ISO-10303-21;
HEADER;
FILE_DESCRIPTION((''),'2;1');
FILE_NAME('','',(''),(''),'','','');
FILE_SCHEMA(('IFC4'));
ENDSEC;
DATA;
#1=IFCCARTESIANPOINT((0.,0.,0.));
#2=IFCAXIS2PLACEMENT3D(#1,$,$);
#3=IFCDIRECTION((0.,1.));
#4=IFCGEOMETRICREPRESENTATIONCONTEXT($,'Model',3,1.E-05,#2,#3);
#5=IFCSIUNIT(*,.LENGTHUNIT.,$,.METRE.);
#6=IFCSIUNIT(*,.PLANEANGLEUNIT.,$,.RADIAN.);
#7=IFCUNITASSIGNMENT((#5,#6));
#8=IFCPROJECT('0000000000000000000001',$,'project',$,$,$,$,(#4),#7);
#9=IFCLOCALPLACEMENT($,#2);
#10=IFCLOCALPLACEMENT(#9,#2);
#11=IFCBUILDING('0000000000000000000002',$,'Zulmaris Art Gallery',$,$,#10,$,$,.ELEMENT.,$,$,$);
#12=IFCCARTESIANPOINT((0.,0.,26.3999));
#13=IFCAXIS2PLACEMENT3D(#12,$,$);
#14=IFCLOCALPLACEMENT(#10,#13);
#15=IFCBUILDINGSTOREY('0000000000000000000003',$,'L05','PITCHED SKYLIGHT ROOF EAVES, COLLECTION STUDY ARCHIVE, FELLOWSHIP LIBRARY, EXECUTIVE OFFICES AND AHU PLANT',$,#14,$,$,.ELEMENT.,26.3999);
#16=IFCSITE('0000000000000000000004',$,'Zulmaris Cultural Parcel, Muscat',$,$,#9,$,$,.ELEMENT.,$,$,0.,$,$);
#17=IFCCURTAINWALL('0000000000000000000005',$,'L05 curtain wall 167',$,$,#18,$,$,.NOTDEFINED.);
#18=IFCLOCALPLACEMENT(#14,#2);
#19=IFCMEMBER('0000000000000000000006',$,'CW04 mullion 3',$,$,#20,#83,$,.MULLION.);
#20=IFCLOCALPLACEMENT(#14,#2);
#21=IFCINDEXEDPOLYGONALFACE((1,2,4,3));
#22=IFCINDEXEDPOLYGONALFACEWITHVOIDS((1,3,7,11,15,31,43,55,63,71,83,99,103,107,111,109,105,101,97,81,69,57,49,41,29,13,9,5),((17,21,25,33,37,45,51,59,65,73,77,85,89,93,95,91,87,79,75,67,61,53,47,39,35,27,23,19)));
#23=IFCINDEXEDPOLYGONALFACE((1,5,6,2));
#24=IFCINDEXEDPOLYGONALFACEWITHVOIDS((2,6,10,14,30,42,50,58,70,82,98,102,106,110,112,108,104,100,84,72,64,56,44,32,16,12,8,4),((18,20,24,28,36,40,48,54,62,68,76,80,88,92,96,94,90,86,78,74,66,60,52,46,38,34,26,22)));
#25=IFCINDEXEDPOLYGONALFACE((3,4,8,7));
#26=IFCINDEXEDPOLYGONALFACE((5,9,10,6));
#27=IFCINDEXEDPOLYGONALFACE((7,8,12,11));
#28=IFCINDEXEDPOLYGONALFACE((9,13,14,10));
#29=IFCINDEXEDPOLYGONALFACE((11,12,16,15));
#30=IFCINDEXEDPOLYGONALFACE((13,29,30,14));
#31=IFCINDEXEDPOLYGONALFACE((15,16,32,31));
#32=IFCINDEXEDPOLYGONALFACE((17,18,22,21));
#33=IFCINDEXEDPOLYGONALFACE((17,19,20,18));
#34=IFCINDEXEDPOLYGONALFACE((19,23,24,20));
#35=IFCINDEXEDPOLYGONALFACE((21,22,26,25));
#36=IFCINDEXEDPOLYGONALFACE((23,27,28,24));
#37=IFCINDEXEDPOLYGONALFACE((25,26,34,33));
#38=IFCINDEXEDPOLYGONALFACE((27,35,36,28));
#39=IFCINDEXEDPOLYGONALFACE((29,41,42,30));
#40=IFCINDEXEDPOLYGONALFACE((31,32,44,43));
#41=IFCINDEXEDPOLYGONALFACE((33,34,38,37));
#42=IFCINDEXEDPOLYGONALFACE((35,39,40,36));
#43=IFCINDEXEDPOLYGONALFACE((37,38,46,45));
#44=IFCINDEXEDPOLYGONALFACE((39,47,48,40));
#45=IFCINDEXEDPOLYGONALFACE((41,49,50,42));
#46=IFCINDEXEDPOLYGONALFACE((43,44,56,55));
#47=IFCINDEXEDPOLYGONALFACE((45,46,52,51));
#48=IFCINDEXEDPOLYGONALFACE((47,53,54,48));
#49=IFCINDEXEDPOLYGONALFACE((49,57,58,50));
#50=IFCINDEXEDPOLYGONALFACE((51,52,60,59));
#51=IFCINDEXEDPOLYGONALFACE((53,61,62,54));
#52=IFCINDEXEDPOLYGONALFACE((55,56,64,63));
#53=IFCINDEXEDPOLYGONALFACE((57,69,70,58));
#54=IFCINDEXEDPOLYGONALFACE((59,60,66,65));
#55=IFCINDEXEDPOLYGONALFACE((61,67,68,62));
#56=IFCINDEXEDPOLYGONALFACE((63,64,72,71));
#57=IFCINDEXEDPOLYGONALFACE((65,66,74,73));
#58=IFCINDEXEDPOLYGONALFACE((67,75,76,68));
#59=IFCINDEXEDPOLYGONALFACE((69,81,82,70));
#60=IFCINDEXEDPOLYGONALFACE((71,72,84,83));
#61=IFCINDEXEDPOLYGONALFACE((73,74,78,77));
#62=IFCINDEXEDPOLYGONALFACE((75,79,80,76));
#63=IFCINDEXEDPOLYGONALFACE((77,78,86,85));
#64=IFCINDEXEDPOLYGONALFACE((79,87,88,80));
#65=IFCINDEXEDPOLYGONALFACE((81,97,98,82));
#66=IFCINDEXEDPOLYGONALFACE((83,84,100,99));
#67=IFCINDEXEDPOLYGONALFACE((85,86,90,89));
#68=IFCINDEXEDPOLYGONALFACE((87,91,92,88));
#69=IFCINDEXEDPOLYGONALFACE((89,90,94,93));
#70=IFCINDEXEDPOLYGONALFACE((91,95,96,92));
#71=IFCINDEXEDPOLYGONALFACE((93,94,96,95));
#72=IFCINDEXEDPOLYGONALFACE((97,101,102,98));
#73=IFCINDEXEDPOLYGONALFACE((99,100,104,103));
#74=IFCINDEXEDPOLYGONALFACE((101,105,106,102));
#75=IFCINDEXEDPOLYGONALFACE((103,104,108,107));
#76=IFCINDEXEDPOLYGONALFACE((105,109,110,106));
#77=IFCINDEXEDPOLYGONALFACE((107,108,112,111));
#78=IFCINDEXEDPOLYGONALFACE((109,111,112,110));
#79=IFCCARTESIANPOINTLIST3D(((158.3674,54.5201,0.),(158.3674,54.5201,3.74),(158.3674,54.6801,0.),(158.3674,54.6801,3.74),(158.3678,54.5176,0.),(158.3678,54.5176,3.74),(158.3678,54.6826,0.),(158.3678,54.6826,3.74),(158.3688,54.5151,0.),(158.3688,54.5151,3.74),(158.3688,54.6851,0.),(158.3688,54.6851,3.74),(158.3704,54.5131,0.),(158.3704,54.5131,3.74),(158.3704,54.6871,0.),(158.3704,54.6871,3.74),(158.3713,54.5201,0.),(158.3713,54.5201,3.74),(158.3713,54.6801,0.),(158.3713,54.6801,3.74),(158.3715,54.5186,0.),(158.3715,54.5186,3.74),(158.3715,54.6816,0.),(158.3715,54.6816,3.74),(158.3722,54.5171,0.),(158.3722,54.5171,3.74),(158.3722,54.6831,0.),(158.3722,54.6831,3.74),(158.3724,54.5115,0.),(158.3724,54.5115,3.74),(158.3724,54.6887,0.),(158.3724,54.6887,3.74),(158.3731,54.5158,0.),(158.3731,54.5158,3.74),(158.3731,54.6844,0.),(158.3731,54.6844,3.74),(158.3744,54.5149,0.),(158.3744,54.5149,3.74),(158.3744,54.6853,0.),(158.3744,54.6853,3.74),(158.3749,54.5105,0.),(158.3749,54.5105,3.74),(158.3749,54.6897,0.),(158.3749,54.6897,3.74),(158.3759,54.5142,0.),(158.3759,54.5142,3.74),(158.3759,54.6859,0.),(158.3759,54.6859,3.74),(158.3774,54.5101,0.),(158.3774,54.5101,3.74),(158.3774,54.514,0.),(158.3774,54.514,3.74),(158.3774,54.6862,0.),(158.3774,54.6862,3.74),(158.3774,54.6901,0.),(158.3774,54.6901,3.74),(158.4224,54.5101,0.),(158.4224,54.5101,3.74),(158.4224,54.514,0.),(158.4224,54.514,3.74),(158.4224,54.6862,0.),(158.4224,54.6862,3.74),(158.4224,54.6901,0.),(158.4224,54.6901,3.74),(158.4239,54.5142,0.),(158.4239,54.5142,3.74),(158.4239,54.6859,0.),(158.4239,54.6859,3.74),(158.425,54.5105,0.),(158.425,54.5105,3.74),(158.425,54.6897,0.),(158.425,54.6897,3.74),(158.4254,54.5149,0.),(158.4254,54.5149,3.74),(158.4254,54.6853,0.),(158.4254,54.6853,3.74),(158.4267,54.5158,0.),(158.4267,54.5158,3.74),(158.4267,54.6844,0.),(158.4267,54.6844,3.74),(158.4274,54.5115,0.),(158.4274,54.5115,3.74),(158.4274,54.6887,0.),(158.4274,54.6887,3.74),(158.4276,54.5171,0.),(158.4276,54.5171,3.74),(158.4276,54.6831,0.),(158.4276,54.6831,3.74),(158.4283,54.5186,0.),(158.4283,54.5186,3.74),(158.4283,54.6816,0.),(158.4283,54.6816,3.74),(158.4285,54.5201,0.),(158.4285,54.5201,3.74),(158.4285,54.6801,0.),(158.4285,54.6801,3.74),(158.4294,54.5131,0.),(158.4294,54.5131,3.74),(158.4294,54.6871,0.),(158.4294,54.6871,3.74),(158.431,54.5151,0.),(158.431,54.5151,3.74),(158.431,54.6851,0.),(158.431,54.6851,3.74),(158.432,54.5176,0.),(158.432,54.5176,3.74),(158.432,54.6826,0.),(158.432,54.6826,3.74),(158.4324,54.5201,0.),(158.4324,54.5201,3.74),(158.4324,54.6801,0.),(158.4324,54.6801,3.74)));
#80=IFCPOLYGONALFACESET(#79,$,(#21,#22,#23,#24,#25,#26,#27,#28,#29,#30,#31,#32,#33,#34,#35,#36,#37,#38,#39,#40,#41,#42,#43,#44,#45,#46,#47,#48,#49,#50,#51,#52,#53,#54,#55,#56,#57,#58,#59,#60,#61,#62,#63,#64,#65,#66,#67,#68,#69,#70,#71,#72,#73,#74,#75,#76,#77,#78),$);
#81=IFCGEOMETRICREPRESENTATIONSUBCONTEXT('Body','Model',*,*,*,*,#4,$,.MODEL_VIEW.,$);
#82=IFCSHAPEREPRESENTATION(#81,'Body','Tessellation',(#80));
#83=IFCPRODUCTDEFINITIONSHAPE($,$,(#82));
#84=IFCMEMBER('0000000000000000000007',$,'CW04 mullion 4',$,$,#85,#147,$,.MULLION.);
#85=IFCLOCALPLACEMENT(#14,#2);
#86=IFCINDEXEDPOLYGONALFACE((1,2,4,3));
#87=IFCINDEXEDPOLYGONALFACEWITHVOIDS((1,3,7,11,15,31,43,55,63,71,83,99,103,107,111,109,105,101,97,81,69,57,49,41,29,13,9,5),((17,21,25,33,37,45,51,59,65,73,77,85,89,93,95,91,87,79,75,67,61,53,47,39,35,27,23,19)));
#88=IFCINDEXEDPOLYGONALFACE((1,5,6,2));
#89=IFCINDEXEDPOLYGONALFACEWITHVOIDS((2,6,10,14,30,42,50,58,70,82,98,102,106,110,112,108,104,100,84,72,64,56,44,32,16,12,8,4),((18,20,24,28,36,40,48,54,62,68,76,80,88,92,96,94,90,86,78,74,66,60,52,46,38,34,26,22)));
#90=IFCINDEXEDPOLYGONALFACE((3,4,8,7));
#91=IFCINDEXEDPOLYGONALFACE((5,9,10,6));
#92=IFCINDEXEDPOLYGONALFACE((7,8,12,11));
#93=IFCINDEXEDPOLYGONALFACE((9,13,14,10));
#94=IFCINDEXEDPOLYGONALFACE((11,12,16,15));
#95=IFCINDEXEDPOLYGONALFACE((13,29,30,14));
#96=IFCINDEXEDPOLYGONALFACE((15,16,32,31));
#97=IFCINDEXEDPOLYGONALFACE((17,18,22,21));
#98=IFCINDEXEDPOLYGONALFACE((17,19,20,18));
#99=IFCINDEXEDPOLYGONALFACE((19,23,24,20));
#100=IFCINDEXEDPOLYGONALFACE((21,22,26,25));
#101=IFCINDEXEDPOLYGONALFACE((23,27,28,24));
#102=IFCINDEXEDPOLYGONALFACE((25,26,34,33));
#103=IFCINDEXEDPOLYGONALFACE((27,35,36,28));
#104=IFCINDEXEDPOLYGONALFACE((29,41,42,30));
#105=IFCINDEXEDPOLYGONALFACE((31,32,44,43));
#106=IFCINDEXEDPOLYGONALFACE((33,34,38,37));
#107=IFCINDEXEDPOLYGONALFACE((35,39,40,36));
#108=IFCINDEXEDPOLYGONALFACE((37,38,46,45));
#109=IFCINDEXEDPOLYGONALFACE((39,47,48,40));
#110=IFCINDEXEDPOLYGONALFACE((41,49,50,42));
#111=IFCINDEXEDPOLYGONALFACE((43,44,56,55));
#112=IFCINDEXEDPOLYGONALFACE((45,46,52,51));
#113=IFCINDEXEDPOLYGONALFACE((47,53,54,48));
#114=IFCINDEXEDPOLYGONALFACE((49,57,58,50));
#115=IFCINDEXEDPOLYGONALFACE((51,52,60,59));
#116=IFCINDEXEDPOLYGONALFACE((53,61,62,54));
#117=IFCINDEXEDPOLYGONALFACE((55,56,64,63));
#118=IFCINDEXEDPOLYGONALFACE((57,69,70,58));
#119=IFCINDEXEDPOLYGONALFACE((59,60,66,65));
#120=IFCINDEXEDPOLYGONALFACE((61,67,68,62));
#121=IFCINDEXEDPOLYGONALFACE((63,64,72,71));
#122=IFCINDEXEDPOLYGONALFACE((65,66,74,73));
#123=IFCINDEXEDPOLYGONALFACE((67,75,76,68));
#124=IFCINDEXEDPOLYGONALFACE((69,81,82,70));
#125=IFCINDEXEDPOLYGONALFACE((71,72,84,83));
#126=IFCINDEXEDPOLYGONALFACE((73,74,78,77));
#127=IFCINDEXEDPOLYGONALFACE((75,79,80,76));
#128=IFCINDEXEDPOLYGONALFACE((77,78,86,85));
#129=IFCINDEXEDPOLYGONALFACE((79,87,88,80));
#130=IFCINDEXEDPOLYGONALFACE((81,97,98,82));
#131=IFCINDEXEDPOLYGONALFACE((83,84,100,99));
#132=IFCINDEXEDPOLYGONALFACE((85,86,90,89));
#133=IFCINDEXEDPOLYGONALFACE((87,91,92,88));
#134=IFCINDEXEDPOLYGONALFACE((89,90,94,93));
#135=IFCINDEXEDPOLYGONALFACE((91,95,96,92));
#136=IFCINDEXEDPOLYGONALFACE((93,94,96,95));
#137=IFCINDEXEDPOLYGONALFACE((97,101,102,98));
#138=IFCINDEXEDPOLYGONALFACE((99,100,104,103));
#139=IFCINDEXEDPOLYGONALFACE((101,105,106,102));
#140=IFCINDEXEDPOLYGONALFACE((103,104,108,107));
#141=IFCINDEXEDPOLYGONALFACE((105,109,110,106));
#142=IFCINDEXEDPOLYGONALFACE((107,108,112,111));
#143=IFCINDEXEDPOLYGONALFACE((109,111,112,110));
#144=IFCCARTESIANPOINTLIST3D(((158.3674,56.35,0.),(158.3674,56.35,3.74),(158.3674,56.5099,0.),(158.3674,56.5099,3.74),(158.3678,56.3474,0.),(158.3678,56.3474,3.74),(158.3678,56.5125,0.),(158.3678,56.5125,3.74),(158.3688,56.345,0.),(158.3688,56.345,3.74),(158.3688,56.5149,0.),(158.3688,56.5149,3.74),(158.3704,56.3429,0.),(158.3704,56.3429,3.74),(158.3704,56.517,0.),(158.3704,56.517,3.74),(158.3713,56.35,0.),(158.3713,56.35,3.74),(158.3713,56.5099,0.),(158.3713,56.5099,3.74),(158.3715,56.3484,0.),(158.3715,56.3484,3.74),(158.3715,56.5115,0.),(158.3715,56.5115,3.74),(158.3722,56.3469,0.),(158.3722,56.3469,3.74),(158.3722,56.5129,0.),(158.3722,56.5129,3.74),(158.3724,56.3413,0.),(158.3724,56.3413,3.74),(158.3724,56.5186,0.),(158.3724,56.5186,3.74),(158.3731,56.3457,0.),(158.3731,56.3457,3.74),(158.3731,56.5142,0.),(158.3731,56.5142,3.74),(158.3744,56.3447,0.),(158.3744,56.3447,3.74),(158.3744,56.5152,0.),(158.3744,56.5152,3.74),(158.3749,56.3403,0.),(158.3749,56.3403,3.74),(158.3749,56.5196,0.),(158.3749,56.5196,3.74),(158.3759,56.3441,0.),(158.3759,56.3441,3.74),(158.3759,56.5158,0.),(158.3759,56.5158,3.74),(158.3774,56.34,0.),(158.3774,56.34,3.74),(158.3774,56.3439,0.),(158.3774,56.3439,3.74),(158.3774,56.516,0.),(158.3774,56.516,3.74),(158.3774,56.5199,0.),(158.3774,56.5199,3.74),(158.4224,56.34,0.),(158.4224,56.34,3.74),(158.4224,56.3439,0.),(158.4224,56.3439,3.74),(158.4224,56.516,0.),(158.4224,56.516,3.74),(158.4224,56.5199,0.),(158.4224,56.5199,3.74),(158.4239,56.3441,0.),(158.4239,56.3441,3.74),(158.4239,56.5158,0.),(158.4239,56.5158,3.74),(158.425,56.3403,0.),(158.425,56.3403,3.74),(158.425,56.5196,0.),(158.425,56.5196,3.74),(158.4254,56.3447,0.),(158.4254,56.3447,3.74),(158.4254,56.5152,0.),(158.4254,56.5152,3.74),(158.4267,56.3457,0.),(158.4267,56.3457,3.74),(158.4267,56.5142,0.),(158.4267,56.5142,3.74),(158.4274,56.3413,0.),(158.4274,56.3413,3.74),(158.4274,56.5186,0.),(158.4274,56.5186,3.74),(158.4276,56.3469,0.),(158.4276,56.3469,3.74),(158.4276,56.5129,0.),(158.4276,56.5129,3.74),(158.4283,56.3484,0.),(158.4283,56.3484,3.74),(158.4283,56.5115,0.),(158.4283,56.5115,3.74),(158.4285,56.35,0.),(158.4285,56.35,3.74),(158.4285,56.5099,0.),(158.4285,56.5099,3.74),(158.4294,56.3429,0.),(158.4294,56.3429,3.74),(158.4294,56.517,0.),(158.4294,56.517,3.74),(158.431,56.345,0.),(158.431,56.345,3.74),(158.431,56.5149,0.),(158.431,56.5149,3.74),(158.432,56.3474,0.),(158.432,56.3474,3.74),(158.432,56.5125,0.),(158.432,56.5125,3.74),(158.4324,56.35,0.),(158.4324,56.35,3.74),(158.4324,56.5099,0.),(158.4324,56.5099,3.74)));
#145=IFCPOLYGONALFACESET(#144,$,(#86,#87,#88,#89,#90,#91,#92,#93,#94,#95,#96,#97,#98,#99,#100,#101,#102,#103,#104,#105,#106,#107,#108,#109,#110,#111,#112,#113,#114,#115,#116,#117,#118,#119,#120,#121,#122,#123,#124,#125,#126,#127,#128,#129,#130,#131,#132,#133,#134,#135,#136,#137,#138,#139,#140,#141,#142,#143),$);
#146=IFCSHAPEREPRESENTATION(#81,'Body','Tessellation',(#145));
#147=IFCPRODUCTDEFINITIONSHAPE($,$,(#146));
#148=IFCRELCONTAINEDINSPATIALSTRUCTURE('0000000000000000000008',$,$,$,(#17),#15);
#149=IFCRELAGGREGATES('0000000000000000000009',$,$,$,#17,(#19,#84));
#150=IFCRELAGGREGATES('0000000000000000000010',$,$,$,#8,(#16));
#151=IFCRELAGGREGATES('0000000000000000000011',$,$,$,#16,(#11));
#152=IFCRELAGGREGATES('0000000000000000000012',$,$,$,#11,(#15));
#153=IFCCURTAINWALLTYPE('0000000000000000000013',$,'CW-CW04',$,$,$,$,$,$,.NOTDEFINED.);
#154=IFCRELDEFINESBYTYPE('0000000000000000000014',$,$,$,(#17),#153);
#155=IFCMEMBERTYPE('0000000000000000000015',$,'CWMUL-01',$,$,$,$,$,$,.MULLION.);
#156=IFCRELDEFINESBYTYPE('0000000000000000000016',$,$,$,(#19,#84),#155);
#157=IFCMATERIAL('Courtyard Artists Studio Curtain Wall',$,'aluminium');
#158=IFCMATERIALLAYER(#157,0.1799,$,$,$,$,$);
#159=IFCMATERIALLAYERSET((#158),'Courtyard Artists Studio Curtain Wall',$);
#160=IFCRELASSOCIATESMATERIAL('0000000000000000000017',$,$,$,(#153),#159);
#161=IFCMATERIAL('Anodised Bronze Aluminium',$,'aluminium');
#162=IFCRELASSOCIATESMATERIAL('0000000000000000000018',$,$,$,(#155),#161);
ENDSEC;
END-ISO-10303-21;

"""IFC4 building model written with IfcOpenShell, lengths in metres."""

from ifc_helpers import new_model, si_unit, direction, frame, origin, origin_2d, place, context, subcontext, project, spatial, hollow_rectangle, extrude, material, layer, layer_set, material_profile, profile_set, type_object, element, aggregate, save


model = new_model("IFC4")

# Units and contexts
model_context = context("Model", 3, precision=1e-05, world=origin(), true_north=direction((0.0, 1.0)))
body_context = subcontext(model_context, "Body", "Model", "MODEL_VIEW")
ifc_project = project(units=[si_unit("LENGTHUNIT", "METRE"), si_unit("PLANEANGLEUNIT", "RADIAN")], contexts=[model_context])

# Site, building, storey
site_placement = place(None, origin())
site = spatial("IfcSite", under=ifc_project, at=site_placement, Name="Zulmaris Cultural Parcel, Muscat", CompositionType="ELEMENT", RefElevation=0.0)
building_placement = place(site_placement, origin())
building = spatial("IfcBuilding", under=site, at=building_placement, Name="Zulmaris Art Gallery", CompositionType="ELEMENT")
storey_placement = place(building_placement, frame((0.0, 0.0, 26.3999)))
storey = spatial("IfcBuildingStorey", under=building, at=storey_placement, Name="L05", Description="PITCHED SKYLIGHT ROOF EAVES, COLLECTION STUDY ARCHIVE, FELLOWSHIP LIBRARY, EXECUTIVE OFFICES AND AHU PLANT", CompositionType="ELEMENT", Elevation=26.3999)

# Curtain wall, members
ifc_material_1 = material(Name="Courtyard Artists Studio Curtain Wall", Category="aluminium")
ifc_layer_1 = layer(ifc_material_1, 0.1799)
ifc_layer_set_1 = layer_set([ifc_layer_1], Name="Courtyard Artists Studio Curtain Wall")
curtain_wall_type = type_object("IfcCurtainWallType", Name="CW-CW04", PredefinedType="NOTDEFINED", material=ifc_layer_set_1)
curtain_wall_1_placement = place(storey_placement, origin())
curtain_wall_1 = element("IfcCurtainWall", 1, at=curtain_wall_1_placement, inside=storey, type_object=curtain_wall_type, Name="L05 curtain wall 167", PredefinedType="NOTDEFINED")
ifc_material_2 = material(Name="Anodised Bronze Aluminium", Category="aluminium")
ifc_material_profile_1 = material_profile(ifc_material_2, hollow_rectangle(XDim=0.0649, YDim=0.1799, WallThickness=0.0039, InnerFilletRadius=0.0061, OuterFilletRadius=0.01, at=origin_2d()), Name="ALU 65x180x4")
ifc_profile_set_1 = profile_set([ifc_material_profile_1], Name="Anodised Bronze Aluminium")
member_type_1 = type_object("IfcMemberType", Name="CWMUL-01", PredefinedType="MULLION", material=ifc_profile_set_1)
member_1_placement = place(storey_placement, frame((158.3999, 54.6001, 0.0), z_axis=(0.0, 0.0, 1.0), x_axis=(-1.0, 0.0, 0.0)))
member_1 = element("IfcMember", 2, at=member_1_placement, type_object=member_type_1, Name="CW04 mullion 3", PredefinedType="MULLION", context=body_context, shape_type="SweptSolid", body=[
    extrude(hollow_rectangle(XDim=0.0649, YDim=0.1799, WallThickness=0.0039, InnerFilletRadius=0.0061, OuterFilletRadius=0.01, at=origin_2d()), origin(), (0.0, 0.0, 1.0), 3.74),
])
member_2_placement = place(storey_placement, frame((158.3999, 56.4299, 0.0), z_axis=(0.0, 0.0, 1.0), x_axis=(-1.0, 0.0, 0.0)))
member_2 = element("IfcMember", 3, at=member_2_placement, type_object=member_type_1, Name="CW04 mullion 4", PredefinedType="MULLION", context=body_context, shape_type="SweptSolid", body=[
    extrude(hollow_rectangle(XDim=0.0649, YDim=0.1799, WallThickness=0.0039, InnerFilletRadius=0.0061, OuterFilletRadius=0.01, at=origin_2d()), origin(), (0.0, 0.0, 1.0), 3.74),
])

aggregate(curtain_wall_1, [member_1, member_2])

save(model, "model.ifc")
